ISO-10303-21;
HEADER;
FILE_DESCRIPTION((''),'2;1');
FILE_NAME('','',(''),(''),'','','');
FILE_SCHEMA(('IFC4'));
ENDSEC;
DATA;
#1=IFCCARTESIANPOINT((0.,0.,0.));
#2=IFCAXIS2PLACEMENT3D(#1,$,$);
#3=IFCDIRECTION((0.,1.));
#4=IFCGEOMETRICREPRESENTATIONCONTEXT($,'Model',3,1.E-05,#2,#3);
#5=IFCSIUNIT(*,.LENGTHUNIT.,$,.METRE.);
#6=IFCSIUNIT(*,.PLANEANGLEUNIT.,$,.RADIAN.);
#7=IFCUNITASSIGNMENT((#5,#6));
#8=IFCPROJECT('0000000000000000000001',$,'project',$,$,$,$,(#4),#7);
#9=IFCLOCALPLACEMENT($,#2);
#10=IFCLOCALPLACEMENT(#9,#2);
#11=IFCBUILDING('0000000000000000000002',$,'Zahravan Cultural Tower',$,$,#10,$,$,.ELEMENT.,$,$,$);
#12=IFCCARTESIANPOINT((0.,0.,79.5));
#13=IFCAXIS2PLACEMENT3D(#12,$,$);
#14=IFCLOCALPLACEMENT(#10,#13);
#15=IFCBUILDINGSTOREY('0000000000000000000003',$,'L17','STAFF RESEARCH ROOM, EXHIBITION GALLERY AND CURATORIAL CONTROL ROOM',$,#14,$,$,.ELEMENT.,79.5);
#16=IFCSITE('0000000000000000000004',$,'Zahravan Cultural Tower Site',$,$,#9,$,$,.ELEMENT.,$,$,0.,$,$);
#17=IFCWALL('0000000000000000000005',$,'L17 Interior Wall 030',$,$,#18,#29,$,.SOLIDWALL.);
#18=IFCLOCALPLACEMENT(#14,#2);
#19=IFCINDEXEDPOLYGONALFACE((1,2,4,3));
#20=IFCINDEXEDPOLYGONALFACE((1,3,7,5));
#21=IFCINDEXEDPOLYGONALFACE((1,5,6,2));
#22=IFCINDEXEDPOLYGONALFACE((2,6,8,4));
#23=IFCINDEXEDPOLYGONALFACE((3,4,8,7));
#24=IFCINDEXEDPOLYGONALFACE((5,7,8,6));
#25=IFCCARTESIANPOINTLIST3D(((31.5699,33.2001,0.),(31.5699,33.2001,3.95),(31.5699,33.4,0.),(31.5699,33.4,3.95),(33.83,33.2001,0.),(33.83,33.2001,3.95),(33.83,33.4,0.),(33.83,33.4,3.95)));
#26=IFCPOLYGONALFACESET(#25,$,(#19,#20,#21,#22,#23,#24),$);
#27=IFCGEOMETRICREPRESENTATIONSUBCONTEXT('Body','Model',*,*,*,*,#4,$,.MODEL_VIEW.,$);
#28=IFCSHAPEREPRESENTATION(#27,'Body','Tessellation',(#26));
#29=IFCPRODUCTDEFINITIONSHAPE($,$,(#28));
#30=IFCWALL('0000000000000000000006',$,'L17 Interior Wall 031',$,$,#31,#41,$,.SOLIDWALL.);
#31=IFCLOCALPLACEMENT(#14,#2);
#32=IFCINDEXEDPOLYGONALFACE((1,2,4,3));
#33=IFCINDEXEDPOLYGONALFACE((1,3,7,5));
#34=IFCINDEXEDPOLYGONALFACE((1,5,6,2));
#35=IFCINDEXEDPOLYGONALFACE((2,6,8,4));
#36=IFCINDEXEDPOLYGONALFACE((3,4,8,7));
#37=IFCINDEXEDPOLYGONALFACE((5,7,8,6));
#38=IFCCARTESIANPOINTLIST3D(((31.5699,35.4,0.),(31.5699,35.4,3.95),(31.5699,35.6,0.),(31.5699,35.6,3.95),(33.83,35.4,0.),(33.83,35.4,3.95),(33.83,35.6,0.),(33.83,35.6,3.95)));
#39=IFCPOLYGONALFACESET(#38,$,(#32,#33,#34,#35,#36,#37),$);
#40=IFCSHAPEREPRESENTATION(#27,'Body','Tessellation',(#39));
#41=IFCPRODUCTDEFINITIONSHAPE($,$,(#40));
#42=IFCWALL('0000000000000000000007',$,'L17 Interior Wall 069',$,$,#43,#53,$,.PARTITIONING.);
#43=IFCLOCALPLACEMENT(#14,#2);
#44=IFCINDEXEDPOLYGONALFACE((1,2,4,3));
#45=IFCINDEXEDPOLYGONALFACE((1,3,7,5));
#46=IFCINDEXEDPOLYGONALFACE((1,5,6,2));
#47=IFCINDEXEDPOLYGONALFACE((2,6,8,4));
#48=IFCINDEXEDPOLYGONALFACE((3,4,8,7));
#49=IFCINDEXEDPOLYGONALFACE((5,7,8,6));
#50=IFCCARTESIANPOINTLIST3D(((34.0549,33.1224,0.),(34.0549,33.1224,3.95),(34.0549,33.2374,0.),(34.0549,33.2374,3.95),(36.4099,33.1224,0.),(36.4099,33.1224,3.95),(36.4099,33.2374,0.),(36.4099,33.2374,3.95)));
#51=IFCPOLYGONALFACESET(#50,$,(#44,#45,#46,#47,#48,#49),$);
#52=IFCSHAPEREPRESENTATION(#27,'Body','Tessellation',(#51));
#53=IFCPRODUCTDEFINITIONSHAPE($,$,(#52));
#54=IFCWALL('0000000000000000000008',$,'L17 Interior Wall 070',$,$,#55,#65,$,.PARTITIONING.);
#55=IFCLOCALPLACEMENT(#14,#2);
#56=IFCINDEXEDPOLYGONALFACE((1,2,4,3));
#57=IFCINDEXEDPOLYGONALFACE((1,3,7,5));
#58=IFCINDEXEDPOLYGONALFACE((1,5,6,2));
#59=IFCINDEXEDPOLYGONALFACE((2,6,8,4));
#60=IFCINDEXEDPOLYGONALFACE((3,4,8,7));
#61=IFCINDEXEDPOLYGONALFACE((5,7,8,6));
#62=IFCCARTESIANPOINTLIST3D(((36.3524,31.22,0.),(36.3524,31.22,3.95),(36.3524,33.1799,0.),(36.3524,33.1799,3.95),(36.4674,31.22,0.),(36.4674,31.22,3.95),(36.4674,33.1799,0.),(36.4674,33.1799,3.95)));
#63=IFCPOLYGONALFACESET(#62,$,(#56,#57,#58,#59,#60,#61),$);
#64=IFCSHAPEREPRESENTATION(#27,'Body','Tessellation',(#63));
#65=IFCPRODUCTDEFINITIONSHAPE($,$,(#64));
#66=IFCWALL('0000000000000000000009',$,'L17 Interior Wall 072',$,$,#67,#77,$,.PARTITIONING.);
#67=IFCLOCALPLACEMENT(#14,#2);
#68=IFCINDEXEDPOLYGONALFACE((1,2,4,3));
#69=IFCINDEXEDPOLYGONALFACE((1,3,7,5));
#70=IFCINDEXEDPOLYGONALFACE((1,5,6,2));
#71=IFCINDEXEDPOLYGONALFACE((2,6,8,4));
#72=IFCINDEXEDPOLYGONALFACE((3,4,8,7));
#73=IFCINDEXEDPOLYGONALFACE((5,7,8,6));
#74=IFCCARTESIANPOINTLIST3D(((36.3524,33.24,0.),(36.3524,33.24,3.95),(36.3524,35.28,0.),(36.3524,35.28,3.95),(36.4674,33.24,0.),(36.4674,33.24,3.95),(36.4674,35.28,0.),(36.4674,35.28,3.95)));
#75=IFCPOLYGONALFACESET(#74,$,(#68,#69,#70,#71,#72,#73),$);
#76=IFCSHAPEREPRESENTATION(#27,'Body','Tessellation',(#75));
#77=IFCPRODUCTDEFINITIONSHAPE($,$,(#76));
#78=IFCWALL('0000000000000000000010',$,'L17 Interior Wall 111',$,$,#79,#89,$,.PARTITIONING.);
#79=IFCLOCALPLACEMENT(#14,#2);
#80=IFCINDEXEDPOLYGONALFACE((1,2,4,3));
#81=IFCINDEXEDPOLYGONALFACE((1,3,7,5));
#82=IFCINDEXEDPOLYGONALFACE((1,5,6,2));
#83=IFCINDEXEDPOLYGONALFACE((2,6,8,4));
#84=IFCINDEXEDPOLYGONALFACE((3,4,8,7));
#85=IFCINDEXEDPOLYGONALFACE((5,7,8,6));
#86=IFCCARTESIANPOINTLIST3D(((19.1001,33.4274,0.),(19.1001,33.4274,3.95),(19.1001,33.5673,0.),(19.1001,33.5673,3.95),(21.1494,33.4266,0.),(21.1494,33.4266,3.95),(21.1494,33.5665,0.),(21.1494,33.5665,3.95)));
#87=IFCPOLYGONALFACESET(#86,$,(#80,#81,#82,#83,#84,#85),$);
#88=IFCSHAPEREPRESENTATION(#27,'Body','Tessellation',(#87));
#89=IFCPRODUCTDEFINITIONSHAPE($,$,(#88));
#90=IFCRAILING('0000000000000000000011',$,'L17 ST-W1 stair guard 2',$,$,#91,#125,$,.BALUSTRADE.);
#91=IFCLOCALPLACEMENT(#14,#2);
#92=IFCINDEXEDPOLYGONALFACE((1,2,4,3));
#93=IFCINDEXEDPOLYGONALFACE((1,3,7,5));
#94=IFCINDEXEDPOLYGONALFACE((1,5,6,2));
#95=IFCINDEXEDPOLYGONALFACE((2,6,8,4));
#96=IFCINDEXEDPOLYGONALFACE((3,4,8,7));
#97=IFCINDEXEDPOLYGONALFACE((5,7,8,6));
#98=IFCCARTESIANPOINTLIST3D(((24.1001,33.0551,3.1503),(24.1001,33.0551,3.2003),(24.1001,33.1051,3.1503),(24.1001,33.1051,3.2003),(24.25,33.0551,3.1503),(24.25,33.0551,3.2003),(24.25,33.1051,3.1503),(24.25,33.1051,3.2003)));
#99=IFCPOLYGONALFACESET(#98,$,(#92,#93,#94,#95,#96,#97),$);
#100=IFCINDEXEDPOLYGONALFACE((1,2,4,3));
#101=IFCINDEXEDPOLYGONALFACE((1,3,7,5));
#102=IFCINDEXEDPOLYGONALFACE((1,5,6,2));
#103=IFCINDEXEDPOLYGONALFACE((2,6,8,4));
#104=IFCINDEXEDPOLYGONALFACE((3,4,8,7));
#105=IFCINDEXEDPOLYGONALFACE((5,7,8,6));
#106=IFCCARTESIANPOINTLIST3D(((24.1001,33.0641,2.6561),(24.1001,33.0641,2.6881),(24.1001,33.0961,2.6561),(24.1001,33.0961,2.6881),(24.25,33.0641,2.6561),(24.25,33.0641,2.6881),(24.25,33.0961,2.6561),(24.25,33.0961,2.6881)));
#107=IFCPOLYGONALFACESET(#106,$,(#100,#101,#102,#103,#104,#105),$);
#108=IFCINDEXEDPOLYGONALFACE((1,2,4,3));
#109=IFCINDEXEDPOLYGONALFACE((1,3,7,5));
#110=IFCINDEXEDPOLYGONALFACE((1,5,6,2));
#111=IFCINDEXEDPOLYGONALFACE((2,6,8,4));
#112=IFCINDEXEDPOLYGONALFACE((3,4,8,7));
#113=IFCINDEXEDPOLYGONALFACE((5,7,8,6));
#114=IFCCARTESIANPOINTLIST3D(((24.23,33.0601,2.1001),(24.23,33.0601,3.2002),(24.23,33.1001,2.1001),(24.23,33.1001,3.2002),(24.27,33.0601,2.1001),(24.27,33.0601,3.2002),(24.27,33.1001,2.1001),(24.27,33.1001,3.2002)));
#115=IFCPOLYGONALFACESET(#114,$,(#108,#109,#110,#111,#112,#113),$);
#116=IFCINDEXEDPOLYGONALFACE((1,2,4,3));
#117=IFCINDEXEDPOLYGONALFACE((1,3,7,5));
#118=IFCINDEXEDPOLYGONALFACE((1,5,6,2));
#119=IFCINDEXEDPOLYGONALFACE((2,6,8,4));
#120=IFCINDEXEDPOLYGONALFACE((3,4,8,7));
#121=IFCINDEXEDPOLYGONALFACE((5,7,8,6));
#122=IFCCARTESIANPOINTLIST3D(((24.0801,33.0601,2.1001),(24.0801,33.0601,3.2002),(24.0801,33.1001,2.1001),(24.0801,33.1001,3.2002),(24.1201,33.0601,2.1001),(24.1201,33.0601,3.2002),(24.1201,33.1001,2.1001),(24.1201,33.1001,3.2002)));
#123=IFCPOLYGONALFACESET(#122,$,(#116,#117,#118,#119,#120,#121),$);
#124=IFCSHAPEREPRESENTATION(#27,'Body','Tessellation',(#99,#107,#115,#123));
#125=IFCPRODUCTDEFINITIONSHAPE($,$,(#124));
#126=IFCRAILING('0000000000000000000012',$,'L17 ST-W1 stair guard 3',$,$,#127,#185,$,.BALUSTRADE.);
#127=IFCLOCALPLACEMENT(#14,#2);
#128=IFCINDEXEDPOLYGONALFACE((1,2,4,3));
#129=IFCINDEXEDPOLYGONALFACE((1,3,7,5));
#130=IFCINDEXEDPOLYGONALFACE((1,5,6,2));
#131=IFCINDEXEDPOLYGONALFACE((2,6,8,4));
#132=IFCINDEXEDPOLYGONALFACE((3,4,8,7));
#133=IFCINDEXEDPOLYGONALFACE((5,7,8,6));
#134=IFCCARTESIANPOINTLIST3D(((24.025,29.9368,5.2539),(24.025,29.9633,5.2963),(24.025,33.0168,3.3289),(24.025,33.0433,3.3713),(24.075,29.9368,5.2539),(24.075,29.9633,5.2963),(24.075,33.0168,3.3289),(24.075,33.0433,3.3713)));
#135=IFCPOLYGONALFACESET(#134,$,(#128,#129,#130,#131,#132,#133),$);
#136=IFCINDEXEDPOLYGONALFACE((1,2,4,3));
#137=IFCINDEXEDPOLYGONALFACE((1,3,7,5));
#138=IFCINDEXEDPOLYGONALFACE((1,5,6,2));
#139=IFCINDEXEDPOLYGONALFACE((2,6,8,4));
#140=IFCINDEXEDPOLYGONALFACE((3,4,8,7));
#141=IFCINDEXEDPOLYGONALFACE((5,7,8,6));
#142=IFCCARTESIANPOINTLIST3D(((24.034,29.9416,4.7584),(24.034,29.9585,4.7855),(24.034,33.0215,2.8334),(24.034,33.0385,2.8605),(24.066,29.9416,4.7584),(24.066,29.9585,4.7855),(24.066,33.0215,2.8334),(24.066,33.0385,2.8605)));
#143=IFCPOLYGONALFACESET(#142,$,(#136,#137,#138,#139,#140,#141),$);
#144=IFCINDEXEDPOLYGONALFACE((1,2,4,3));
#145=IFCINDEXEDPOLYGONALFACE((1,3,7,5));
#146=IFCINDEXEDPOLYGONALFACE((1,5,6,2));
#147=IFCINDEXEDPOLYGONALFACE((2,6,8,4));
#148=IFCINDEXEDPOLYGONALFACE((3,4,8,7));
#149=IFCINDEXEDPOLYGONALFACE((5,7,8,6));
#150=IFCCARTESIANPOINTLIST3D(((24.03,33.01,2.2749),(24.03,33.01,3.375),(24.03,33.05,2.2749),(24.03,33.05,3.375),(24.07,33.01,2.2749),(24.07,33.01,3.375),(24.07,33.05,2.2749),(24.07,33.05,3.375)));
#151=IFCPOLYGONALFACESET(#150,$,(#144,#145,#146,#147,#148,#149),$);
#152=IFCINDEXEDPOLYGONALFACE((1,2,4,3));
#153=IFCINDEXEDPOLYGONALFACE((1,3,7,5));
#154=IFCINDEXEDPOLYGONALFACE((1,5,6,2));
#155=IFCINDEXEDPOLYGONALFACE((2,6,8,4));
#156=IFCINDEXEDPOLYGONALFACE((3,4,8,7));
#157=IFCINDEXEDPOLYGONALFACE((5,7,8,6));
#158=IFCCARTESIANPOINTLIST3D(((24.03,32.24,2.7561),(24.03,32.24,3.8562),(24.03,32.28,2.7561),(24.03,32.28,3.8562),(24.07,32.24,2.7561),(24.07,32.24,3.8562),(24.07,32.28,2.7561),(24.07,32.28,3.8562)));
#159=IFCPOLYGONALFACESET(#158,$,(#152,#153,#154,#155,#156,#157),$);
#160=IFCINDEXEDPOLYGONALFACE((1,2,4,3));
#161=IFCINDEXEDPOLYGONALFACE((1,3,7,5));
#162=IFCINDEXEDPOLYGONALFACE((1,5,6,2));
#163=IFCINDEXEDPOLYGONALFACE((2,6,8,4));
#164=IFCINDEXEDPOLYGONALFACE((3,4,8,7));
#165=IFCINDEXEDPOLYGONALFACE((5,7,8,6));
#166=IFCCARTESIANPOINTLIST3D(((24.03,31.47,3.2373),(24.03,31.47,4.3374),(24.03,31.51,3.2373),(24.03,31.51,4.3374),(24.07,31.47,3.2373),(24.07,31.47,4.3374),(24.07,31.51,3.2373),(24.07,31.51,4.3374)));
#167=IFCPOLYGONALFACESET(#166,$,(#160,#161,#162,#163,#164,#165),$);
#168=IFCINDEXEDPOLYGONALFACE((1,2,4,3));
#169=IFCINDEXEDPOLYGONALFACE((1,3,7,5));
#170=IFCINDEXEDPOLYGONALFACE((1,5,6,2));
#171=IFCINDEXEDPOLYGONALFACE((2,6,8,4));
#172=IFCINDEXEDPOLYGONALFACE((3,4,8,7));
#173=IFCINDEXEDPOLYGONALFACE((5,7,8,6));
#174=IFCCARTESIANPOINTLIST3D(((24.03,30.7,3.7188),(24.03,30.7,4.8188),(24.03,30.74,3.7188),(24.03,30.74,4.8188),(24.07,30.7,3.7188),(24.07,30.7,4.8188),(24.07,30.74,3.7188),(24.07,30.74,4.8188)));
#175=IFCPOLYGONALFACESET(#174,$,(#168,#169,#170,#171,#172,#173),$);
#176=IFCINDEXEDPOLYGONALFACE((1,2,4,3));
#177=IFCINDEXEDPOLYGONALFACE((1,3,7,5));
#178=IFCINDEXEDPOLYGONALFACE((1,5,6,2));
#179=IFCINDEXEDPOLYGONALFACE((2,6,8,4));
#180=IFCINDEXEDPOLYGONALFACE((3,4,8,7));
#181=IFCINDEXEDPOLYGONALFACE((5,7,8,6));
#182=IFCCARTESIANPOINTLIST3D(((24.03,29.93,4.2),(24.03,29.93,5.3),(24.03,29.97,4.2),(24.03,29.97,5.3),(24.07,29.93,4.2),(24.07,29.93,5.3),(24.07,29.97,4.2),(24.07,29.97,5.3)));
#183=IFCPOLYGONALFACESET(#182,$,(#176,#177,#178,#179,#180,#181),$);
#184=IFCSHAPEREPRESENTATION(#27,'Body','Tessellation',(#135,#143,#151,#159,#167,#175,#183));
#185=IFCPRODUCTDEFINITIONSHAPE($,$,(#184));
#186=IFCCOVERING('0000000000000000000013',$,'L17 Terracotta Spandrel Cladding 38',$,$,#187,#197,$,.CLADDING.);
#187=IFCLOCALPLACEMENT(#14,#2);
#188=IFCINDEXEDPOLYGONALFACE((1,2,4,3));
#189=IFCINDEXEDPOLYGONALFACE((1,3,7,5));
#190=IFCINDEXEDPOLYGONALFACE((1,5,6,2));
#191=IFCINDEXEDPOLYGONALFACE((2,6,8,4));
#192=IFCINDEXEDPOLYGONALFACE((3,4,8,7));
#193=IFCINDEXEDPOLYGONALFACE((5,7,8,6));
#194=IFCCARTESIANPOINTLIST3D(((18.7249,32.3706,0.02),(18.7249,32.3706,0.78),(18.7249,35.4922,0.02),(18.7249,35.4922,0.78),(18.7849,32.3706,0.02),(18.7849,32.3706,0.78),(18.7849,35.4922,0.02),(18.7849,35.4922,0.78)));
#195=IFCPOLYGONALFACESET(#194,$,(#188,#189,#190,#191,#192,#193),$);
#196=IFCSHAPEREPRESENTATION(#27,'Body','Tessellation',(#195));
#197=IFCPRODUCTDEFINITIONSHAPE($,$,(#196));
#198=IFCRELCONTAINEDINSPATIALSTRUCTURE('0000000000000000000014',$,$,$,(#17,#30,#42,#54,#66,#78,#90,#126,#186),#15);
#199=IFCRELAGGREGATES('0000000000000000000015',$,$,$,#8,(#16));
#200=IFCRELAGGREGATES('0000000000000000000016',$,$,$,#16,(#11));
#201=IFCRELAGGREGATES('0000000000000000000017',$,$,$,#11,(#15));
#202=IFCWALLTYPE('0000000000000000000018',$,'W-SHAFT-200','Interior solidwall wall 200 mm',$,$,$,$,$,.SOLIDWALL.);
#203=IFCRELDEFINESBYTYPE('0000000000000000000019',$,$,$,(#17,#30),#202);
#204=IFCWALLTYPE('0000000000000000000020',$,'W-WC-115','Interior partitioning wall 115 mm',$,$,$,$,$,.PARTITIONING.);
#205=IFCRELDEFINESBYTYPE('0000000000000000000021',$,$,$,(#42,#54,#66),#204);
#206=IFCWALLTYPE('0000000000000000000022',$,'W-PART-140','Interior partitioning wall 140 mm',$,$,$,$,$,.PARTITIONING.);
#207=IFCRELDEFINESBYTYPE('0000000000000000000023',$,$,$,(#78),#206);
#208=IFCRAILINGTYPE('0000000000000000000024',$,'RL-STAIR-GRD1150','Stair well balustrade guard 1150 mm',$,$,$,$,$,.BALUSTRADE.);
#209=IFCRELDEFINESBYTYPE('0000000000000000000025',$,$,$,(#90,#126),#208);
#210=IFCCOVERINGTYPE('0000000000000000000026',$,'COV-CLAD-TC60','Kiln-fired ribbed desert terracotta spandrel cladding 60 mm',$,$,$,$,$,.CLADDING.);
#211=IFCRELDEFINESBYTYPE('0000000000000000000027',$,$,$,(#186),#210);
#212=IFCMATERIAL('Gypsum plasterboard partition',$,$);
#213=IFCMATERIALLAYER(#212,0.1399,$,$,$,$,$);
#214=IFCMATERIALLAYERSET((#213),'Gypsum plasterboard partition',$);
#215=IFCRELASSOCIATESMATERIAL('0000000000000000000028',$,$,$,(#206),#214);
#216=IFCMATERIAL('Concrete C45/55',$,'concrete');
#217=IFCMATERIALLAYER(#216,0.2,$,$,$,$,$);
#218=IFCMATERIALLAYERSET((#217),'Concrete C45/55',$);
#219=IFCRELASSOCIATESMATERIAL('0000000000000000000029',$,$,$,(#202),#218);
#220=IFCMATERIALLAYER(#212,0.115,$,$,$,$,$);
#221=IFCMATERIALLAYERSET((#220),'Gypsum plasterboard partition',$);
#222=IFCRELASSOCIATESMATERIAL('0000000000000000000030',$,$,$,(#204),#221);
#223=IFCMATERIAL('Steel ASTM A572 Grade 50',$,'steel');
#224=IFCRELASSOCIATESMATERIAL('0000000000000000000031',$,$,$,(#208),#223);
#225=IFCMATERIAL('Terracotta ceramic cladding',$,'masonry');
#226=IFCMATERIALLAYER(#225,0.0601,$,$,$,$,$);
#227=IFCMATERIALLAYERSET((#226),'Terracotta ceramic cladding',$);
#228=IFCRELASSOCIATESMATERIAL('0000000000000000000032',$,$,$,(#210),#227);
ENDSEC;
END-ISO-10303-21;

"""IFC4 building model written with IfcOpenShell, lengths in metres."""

from ifc_helpers import new_model, si_unit, direction, frame, frame_2d, origin, origin_2d, place, context, subcontext, project, spatial, rectangle, extrude, source, transform, mapped, material, layer, layer_set, type_object, element, save


model = new_model("IFC4")

# Units and contexts
model_context = context("Model", 3, precision=1e-05, world=origin(), true_north=direction((0.0, 1.0)))
body_context = subcontext(model_context, "Body", "Model", "MODEL_VIEW")
ifc_project = project(units=[si_unit("LENGTHUNIT", "METRE"), si_unit("PLANEANGLEUNIT", "RADIAN")], contexts=[model_context])

# Site, building, storey
site_placement = place(None, origin())
site = spatial("IfcSite", under=ifc_project, at=site_placement, Name="Zahravan Cultural Tower Site", CompositionType="ELEMENT", RefElevation=0.0)
building_placement = place(site_placement, origin())
building = spatial("IfcBuilding", under=site, at=building_placement, Name="Zahravan Cultural Tower", CompositionType="ELEMENT")
storey_placement = place(building_placement, frame((0.0, 0.0, 79.5)))
storey = spatial("IfcBuildingStorey", under=building, at=storey_placement, Name="L17", Description="STAFF RESEARCH ROOM, EXHIBITION GALLERY AND CURATORIAL CONTROL ROOM", CompositionType="ELEMENT", Elevation=79.5)

# Shared definitions
ifc_material_1 = material(Name="Gypsum plasterboard partition")
ifc_layer_1 = layer(ifc_material_1, 0.1399)
ifc_layer_set_1 = layer_set([ifc_layer_1], Name="Gypsum plasterboard partition")
wall_type_1 = type_object("IfcWallType", Name="W-PART-140", Description="Interior partitioning wall 140 mm", PredefinedType="PARTITIONING", material=ifc_layer_set_1)
ifc_material_2 = material(Name="Concrete C45/55", Category="concrete")
ifc_layer_2 = layer(ifc_material_2, 0.2)
ifc_layer_set_2 = layer_set([ifc_layer_2], Name="Concrete C45/55")
wall_type_2 = type_object("IfcWallType", Name="W-SHAFT-200", Description="Interior solidwall wall 200 mm", PredefinedType="SOLIDWALL", material=ifc_layer_set_2)
ifc_material_3 = material(Name="Steel ASTM A572 Grade 50", Category="steel")
ifc_layer_3 = layer(ifc_material_1, 0.115)
ifc_layer_set_3 = layer_set([ifc_layer_3], Name="Gypsum plasterboard partition")
wall_type_3 = type_object("IfcWallType", Name="W-WC-115", Description="Interior partitioning wall 115 mm", PredefinedType="PARTITIONING", material=ifc_layer_set_3)

# Walls
shared_shape_1 = source(origin(), body_context, "Body", "SweptSolid", [
    extrude(rectangle(XDim=2.26, YDim=0.2, at=frame_2d((1.1299, 0.0))), origin(), (0.0, 0.0, 1.0), 3.95),
])
for number, where, z_axis, x_axis, name in (
    (1, (31.5701, 33.3, 0.0), (0.0, 0.0, 1.0), (1.0, 0.0, 0.0), "L17 Interior Wall 030"),
    (2, (31.5701, 35.5, 0.0), (0.0, 0.0, 1.0), (1.0, 0.0, 0.0), "L17 Interior Wall 031"),
):
    element("IfcWall", number, at=place(storey_placement, frame(where, z_axis=z_axis, x_axis=x_axis)), inside=storey, type_object=wall_type_2, Name=name, PredefinedType="SOLIDWALL", context=body_context, shape_type="MappedRepresentation", body=[
        mapped(shared_shape_1, transform((0.0, 0.0, 0.0), x_axis=(1.0, 0.0, 0.0), y_axis=(0.0, 1.0, 0.0), z_axis=(0.0, 0.0, 1.0), scale=1.0)),
    ])
shared_shape_2 = source(origin(), body_context, "Body", "SweptSolid", [
    extrude(rectangle(XDim=2.355, YDim=0.115, at=frame_2d((1.1775, 0.0))), origin(), (0.0, 0.0, 1.0), 3.95),
])
wall_1_placement = place(storey_placement, frame((34.0549, 33.1799, 0.0), z_axis=(0.0, 0.0, 1.0), x_axis=(1.0, 0.0, 0.0)))
element("IfcWall", 3, at=wall_1_placement, inside=storey, type_object=wall_type_3, Name="L17 Interior Wall 069", PredefinedType="PARTITIONING", context=body_context, shape_type="MappedRepresentation", body=[
    mapped(shared_shape_2, transform((0.0, 0.0, 0.0), x_axis=(1.0, 0.0, 0.0), y_axis=(0.0, 1.0, 0.0), z_axis=(0.0, 0.0, 1.0), scale=1.0)),
])
shared_shape_3 = source(origin(), body_context, "Body", "SweptSolid", [
    extrude(rectangle(XDim=1.96, YDim=0.115, at=frame_2d((0.98, 0.0))), origin(), (0.0, 0.0, 1.0), 3.95),
])
wall_2_placement = place(storey_placement, frame((36.4099, 33.1799, 0.0), z_axis=(0.0, 0.0, 1.0), x_axis=(0.0, -1.0, 0.0)))
element("IfcWall", 4, at=wall_2_placement, inside=storey, type_object=wall_type_3, Name="L17 Interior Wall 070", PredefinedType="PARTITIONING", context=body_context, shape_type="MappedRepresentation", body=[
    mapped(shared_shape_3, transform((0.0, 0.0, 0.0), x_axis=(1.0, 0.0, 0.0), y_axis=(0.0, 1.0, 0.0), z_axis=(0.0, 0.0, 1.0), scale=1.0)),
])
shared_shape_4 = source(origin(), body_context, "Body", "SweptSolid", [
    extrude(rectangle(XDim=2.04, YDim=0.115, at=frame_2d((1.02, 0.0))), origin(), (0.0, 0.0, 1.0), 3.95),
])
wall_3_placement = place(storey_placement, frame((36.4099, 35.28, 0.0), z_axis=(0.0, 0.0, 1.0), x_axis=(0.0, -1.0, 0.0)))
element("IfcWall", 5, at=wall_3_placement, inside=storey, type_object=wall_type_3, Name="L17 Interior Wall 072", PredefinedType="PARTITIONING", context=body_context, shape_type="MappedRepresentation", body=[
    mapped(shared_shape_4, transform((0.0, 0.0, 0.0), x_axis=(1.0, 0.0, 0.0), y_axis=(0.0, 1.0, 0.0), z_axis=(0.0, 0.0, 1.0), scale=1.0)),
])
shared_shape_5 = source(origin(), body_context, "Body", "SweptSolid", [
    extrude(rectangle(XDim=2.0493, YDim=0.1399, at=frame_2d((1.0247, 0.0))), origin(), (0.0, 0.0, 1.0), 3.95),
])
wall_4_placement = place(storey_placement, frame((21.1494, 33.4966, 0.0), z_axis=(0.0, 0.0, 1.0), x_axis=(-1.0, 0.000357, 0.0)))
element("IfcWall", 6, at=wall_4_placement, inside=storey, type_object=wall_type_1, Name="L17 Interior Wall 111", PredefinedType="PARTITIONING", context=body_context, shape_type="MappedRepresentation", body=[
    mapped(shared_shape_5, transform((0.0, 0.0, 0.0), x_axis=(1.0, 0.0, 0.0), y_axis=(0.0, 1.0, 0.0), z_axis=(0.0, 0.0, 1.0), scale=1.0)),
])

# Railings
railing_type = type_object("IfcRailingType", Name="RL-STAIR-GRD1150", Description="Stair well balustrade guard 1150 mm", PredefinedType="BALUSTRADE", material=ifc_material_3)
railing_1_placement = place(storey_placement, frame((24.25, 33.0801, 2.1001)))
element("IfcRailing", 7, at=railing_1_placement, inside=storey, type_object=railing_type, Name="L17 ST-W1 stair guard 2", PredefinedType="BALUSTRADE", context=body_context, shape_type="SweptSolid", body=[
    extrude(rectangle(XDim=0.05, YDim=0.05, at=origin_2d()), frame((0.0, 0.0, 1.0752), z_axis=(-1.0, 0.0, 0.0), x_axis=(0.0, -1.0, 0.0)), (0.0, 0.0, 1.0), 0.1499),
    extrude(rectangle(XDim=0.032, YDim=0.032, at=origin_2d()), frame((0.0, 0.0, 0.572), z_axis=(-1.0, 0.0, 0.0), x_axis=(0.0, -1.0, 0.0)), (0.0, 0.0, 1.0), 0.1499),
    extrude(rectangle(XDim=0.04, YDim=0.04, at=origin_2d()), origin(), (0.0, 0.0, 1.0), 1.1001),
    extrude(rectangle(XDim=0.04, YDim=0.04, at=origin_2d()), frame((-0.1499, 0.0, 0.0)), (0.0, 0.0, 1.0), 1.1001),
])
railing_2_placement = place(storey_placement, frame((24.05, 33.03, 2.2749)))
element("IfcRailing", 8, at=railing_2_placement, inside=storey, type_object=railing_type, Name="L17 ST-W1 stair guard 3", PredefinedType="BALUSTRADE", context=body_context, shape_type="SweptSolid", body=[
    extrude(rectangle(XDim=0.05, YDim=0.05, at=origin_2d()), frame((0.0, 0.0, 1.0752), z_axis=(0.0, -0.847998, 0.529999), x_axis=(1.0, 0.0, 0.0)), (0.0, 0.0, 1.0), 3.6321),
    extrude(rectangle(XDim=0.032, YDim=0.032, at=origin_2d()), frame((0.0, 0.0, 0.572), z_axis=(0.0, -0.847998, 0.529999), x_axis=(1.0, 0.0, 0.0)), (0.0, 0.0, 1.0), 3.6321),
    extrude(rectangle(XDim=0.04, YDim=0.04, at=origin_2d()), origin(), (0.0, 0.0, 1.0), 1.1001),
    extrude(rectangle(XDim=0.04, YDim=0.04, at=origin_2d()), frame((0.0, -0.77, 0.4812)), (0.0, 0.0, 1.0), 1.1001),
    extrude(rectangle(XDim=0.04, YDim=0.04, at=origin_2d()), frame((0.0, -1.54, 0.9624)), (0.0, 0.0, 1.0), 1.1001),
    extrude(rectangle(XDim=0.04, YDim=0.04, at=origin_2d()), frame((0.0, -2.3101, 1.4438)), (0.0, 0.0, 1.0), 1.1001),
    extrude(rectangle(XDim=0.04, YDim=0.04, at=origin_2d()), frame((0.0, -3.0801, 1.925)), (0.0, 0.0, 1.0), 1.1001),
])

# Covering
ifc_material_4 = material(Name="Terracotta ceramic cladding", Category="masonry")
ifc_layer_4 = layer(ifc_material_4, 0.0601)
ifc_layer_set_4 = layer_set([ifc_layer_4], Name="Terracotta ceramic cladding")
covering_type = type_object("IfcCoveringType", Name="COV-CLAD-TC60", Description="Kiln-fired ribbed desert terracotta spandrel cladding 60 mm", PredefinedType="CLADDING", material=ifc_layer_set_4)
shared_shape_6 = source(origin(), body_context, "Body", "SweptSolid", [
    extrude(rectangle(XDim=3.1216, YDim=0.0601, at=origin_2d()), origin(), (0.0, 0.0, 1.0), 0.76),
])
covering_placement = place(storey_placement, frame((18.7549, 33.9314, 0.02), z_axis=(0.0, 0.0, 1.0), x_axis=(0.0, 1.0, 0.0)))
element("IfcCovering", 9, at=covering_placement, inside=storey, type_object=covering_type, Name="L17 Terracotta Spandrel Cladding 38", PredefinedType="CLADDING", context=body_context, shape_type="MappedRepresentation", body=[
    mapped(shared_shape_6, transform((0.0, 0.0, 0.0), x_axis=(1.0, 0.0, 0.0), y_axis=(0.0, 1.0, 0.0), z_axis=(0.0, 0.0, 1.0), scale=1.0)),
])

save(model, "model.ifc")
